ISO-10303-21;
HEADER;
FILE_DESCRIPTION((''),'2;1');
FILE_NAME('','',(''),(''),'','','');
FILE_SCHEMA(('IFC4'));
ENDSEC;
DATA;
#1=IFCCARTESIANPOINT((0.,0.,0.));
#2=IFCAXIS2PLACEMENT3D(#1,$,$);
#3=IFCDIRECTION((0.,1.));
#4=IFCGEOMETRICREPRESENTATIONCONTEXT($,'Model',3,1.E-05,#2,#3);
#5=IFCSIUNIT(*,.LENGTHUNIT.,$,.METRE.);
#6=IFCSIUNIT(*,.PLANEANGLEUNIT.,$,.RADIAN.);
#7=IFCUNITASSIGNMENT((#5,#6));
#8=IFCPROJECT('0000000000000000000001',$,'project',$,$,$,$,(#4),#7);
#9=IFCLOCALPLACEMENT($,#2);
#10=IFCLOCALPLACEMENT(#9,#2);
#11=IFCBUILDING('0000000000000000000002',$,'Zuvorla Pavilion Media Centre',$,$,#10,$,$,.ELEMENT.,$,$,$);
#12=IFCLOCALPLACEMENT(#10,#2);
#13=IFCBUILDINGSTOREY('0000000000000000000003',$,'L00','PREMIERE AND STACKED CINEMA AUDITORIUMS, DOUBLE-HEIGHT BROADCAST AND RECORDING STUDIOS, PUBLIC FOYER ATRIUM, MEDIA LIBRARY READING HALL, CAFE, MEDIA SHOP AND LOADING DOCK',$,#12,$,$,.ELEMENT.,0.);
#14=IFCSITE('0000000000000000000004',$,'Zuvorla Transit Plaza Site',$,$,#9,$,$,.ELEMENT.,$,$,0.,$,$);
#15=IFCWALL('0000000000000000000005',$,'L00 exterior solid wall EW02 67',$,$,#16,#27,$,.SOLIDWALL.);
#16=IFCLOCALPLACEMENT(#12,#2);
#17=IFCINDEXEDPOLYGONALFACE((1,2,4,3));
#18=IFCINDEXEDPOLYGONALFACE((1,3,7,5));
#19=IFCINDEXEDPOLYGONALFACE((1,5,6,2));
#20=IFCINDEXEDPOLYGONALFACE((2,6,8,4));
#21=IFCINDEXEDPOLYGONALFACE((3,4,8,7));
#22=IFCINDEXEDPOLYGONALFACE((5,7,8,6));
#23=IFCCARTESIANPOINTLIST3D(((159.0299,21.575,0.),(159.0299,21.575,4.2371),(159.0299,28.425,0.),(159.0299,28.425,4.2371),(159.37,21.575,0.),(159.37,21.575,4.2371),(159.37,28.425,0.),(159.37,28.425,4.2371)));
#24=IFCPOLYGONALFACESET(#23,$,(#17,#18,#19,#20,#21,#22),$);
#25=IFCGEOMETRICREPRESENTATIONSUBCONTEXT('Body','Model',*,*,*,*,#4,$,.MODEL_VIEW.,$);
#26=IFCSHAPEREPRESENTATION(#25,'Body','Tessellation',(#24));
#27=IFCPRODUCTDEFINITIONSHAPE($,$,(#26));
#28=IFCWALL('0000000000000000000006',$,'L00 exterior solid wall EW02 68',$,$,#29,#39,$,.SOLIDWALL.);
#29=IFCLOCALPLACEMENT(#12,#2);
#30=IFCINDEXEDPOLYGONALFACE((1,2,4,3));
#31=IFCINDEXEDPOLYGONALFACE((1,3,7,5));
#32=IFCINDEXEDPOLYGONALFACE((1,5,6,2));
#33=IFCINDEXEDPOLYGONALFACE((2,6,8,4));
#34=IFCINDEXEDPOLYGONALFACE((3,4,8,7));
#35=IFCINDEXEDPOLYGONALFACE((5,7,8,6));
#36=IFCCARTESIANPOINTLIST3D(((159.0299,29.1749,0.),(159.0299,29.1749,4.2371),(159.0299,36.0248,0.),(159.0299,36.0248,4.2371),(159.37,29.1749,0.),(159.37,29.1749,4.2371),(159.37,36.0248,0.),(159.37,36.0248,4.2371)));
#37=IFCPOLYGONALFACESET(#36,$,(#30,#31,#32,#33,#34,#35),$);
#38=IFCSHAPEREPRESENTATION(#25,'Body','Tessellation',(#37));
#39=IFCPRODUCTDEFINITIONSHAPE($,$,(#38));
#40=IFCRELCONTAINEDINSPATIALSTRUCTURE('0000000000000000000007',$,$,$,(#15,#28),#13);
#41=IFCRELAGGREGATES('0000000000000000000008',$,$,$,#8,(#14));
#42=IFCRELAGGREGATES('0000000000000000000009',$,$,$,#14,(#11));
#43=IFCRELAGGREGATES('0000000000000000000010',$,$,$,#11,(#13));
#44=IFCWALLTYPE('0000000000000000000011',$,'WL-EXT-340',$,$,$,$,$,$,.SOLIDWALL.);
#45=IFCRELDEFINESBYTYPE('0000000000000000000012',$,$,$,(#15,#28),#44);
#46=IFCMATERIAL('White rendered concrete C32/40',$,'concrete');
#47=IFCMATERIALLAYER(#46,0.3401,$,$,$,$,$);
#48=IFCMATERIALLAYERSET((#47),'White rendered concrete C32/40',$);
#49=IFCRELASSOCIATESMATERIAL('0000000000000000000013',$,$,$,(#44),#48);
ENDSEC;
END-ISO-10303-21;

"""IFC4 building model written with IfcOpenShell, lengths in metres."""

from ifc_helpers import new_model, si_unit, direction, frame, frame_2d, origin, place, context, subcontext, project, spatial, rectangle, extrude, material, layer, layer_set, type_object, element, save


model = new_model("IFC4")

# Units and contexts
model_context = context("Model", 3, precision=1e-05, world=origin(), true_north=direction((0.0, 1.0)))
body_context = subcontext(model_context, "Body", "Model", "MODEL_VIEW")
ifc_project = project(units=[si_unit("LENGTHUNIT", "METRE"), si_unit("PLANEANGLEUNIT", "RADIAN")], contexts=[model_context])

# Site, building, storey
site_placement = place(None, origin())
site = spatial("IfcSite", under=ifc_project, at=site_placement, Name="Zuvorla Transit Plaza Site", CompositionType="ELEMENT", RefElevation=0.0)
building_placement = place(site_placement, origin())
building = spatial("IfcBuilding", under=site, at=building_placement, Name="Zuvorla Pavilion Media Centre", CompositionType="ELEMENT")
storey_placement = place(building_placement, origin())
storey = spatial("IfcBuildingStorey", under=building, at=storey_placement, Name="L00", Description="PREMIERE AND STACKED CINEMA AUDITORIUMS, DOUBLE-HEIGHT BROADCAST AND RECORDING STUDIOS, PUBLIC FOYER ATRIUM, MEDIA LIBRARY READING HALL, CAFE, MEDIA SHOP AND LOADING DOCK", CompositionType="ELEMENT", Elevation=0.0)

# Shared definitions
ifc_material_1 = material(Name="White rendered concrete C32/40", Category="concrete")
ifc_layer = layer(ifc_material_1, 0.3401)
ifc_layer_set = layer_set([ifc_layer], Name="White rendered concrete C32/40")
wall_type = type_object("IfcWallType", Name="WL-EXT-340", PredefinedType="SOLIDWALL", material=ifc_layer_set)

# Walls
wall_1_placement = place(storey_placement, frame((159.2, 21.575, 0.0), z_axis=(0.0, 0.0, 1.0), x_axis=(0.0, 1.0, 0.0)))
element("IfcWall", 1, at=wall_1_placement, inside=storey, type_object=wall_type, Name="L00 exterior solid wall EW02 67", PredefinedType="SOLIDWALL", context=body_context, shape_type="SweptSolid", body=[
    extrude(rectangle(XDim=6.8501, YDim=0.3401, at=frame_2d((3.425, 0.0))), origin(), (0.0, 0.0, 1.0), 4.2371),
])
wall_2_placement = place(storey_placement, frame((159.2, 29.175, 0.0), z_axis=(0.0, 0.0, 1.0), x_axis=(0.0, 1.0, 0.0)))
element("IfcWall", 2, at=wall_2_placement, inside=storey, type_object=wall_type, Name="L00 exterior solid wall EW02 68", PredefinedType="SOLIDWALL", context=body_context, shape_type="SweptSolid", body=[
    extrude(rectangle(XDim=6.8499, YDim=0.3401, at=frame_2d((3.4248, 0.0))), origin(), (0.0, 0.0, 1.0), 4.2371),
])

save(model, "model.ifc")
